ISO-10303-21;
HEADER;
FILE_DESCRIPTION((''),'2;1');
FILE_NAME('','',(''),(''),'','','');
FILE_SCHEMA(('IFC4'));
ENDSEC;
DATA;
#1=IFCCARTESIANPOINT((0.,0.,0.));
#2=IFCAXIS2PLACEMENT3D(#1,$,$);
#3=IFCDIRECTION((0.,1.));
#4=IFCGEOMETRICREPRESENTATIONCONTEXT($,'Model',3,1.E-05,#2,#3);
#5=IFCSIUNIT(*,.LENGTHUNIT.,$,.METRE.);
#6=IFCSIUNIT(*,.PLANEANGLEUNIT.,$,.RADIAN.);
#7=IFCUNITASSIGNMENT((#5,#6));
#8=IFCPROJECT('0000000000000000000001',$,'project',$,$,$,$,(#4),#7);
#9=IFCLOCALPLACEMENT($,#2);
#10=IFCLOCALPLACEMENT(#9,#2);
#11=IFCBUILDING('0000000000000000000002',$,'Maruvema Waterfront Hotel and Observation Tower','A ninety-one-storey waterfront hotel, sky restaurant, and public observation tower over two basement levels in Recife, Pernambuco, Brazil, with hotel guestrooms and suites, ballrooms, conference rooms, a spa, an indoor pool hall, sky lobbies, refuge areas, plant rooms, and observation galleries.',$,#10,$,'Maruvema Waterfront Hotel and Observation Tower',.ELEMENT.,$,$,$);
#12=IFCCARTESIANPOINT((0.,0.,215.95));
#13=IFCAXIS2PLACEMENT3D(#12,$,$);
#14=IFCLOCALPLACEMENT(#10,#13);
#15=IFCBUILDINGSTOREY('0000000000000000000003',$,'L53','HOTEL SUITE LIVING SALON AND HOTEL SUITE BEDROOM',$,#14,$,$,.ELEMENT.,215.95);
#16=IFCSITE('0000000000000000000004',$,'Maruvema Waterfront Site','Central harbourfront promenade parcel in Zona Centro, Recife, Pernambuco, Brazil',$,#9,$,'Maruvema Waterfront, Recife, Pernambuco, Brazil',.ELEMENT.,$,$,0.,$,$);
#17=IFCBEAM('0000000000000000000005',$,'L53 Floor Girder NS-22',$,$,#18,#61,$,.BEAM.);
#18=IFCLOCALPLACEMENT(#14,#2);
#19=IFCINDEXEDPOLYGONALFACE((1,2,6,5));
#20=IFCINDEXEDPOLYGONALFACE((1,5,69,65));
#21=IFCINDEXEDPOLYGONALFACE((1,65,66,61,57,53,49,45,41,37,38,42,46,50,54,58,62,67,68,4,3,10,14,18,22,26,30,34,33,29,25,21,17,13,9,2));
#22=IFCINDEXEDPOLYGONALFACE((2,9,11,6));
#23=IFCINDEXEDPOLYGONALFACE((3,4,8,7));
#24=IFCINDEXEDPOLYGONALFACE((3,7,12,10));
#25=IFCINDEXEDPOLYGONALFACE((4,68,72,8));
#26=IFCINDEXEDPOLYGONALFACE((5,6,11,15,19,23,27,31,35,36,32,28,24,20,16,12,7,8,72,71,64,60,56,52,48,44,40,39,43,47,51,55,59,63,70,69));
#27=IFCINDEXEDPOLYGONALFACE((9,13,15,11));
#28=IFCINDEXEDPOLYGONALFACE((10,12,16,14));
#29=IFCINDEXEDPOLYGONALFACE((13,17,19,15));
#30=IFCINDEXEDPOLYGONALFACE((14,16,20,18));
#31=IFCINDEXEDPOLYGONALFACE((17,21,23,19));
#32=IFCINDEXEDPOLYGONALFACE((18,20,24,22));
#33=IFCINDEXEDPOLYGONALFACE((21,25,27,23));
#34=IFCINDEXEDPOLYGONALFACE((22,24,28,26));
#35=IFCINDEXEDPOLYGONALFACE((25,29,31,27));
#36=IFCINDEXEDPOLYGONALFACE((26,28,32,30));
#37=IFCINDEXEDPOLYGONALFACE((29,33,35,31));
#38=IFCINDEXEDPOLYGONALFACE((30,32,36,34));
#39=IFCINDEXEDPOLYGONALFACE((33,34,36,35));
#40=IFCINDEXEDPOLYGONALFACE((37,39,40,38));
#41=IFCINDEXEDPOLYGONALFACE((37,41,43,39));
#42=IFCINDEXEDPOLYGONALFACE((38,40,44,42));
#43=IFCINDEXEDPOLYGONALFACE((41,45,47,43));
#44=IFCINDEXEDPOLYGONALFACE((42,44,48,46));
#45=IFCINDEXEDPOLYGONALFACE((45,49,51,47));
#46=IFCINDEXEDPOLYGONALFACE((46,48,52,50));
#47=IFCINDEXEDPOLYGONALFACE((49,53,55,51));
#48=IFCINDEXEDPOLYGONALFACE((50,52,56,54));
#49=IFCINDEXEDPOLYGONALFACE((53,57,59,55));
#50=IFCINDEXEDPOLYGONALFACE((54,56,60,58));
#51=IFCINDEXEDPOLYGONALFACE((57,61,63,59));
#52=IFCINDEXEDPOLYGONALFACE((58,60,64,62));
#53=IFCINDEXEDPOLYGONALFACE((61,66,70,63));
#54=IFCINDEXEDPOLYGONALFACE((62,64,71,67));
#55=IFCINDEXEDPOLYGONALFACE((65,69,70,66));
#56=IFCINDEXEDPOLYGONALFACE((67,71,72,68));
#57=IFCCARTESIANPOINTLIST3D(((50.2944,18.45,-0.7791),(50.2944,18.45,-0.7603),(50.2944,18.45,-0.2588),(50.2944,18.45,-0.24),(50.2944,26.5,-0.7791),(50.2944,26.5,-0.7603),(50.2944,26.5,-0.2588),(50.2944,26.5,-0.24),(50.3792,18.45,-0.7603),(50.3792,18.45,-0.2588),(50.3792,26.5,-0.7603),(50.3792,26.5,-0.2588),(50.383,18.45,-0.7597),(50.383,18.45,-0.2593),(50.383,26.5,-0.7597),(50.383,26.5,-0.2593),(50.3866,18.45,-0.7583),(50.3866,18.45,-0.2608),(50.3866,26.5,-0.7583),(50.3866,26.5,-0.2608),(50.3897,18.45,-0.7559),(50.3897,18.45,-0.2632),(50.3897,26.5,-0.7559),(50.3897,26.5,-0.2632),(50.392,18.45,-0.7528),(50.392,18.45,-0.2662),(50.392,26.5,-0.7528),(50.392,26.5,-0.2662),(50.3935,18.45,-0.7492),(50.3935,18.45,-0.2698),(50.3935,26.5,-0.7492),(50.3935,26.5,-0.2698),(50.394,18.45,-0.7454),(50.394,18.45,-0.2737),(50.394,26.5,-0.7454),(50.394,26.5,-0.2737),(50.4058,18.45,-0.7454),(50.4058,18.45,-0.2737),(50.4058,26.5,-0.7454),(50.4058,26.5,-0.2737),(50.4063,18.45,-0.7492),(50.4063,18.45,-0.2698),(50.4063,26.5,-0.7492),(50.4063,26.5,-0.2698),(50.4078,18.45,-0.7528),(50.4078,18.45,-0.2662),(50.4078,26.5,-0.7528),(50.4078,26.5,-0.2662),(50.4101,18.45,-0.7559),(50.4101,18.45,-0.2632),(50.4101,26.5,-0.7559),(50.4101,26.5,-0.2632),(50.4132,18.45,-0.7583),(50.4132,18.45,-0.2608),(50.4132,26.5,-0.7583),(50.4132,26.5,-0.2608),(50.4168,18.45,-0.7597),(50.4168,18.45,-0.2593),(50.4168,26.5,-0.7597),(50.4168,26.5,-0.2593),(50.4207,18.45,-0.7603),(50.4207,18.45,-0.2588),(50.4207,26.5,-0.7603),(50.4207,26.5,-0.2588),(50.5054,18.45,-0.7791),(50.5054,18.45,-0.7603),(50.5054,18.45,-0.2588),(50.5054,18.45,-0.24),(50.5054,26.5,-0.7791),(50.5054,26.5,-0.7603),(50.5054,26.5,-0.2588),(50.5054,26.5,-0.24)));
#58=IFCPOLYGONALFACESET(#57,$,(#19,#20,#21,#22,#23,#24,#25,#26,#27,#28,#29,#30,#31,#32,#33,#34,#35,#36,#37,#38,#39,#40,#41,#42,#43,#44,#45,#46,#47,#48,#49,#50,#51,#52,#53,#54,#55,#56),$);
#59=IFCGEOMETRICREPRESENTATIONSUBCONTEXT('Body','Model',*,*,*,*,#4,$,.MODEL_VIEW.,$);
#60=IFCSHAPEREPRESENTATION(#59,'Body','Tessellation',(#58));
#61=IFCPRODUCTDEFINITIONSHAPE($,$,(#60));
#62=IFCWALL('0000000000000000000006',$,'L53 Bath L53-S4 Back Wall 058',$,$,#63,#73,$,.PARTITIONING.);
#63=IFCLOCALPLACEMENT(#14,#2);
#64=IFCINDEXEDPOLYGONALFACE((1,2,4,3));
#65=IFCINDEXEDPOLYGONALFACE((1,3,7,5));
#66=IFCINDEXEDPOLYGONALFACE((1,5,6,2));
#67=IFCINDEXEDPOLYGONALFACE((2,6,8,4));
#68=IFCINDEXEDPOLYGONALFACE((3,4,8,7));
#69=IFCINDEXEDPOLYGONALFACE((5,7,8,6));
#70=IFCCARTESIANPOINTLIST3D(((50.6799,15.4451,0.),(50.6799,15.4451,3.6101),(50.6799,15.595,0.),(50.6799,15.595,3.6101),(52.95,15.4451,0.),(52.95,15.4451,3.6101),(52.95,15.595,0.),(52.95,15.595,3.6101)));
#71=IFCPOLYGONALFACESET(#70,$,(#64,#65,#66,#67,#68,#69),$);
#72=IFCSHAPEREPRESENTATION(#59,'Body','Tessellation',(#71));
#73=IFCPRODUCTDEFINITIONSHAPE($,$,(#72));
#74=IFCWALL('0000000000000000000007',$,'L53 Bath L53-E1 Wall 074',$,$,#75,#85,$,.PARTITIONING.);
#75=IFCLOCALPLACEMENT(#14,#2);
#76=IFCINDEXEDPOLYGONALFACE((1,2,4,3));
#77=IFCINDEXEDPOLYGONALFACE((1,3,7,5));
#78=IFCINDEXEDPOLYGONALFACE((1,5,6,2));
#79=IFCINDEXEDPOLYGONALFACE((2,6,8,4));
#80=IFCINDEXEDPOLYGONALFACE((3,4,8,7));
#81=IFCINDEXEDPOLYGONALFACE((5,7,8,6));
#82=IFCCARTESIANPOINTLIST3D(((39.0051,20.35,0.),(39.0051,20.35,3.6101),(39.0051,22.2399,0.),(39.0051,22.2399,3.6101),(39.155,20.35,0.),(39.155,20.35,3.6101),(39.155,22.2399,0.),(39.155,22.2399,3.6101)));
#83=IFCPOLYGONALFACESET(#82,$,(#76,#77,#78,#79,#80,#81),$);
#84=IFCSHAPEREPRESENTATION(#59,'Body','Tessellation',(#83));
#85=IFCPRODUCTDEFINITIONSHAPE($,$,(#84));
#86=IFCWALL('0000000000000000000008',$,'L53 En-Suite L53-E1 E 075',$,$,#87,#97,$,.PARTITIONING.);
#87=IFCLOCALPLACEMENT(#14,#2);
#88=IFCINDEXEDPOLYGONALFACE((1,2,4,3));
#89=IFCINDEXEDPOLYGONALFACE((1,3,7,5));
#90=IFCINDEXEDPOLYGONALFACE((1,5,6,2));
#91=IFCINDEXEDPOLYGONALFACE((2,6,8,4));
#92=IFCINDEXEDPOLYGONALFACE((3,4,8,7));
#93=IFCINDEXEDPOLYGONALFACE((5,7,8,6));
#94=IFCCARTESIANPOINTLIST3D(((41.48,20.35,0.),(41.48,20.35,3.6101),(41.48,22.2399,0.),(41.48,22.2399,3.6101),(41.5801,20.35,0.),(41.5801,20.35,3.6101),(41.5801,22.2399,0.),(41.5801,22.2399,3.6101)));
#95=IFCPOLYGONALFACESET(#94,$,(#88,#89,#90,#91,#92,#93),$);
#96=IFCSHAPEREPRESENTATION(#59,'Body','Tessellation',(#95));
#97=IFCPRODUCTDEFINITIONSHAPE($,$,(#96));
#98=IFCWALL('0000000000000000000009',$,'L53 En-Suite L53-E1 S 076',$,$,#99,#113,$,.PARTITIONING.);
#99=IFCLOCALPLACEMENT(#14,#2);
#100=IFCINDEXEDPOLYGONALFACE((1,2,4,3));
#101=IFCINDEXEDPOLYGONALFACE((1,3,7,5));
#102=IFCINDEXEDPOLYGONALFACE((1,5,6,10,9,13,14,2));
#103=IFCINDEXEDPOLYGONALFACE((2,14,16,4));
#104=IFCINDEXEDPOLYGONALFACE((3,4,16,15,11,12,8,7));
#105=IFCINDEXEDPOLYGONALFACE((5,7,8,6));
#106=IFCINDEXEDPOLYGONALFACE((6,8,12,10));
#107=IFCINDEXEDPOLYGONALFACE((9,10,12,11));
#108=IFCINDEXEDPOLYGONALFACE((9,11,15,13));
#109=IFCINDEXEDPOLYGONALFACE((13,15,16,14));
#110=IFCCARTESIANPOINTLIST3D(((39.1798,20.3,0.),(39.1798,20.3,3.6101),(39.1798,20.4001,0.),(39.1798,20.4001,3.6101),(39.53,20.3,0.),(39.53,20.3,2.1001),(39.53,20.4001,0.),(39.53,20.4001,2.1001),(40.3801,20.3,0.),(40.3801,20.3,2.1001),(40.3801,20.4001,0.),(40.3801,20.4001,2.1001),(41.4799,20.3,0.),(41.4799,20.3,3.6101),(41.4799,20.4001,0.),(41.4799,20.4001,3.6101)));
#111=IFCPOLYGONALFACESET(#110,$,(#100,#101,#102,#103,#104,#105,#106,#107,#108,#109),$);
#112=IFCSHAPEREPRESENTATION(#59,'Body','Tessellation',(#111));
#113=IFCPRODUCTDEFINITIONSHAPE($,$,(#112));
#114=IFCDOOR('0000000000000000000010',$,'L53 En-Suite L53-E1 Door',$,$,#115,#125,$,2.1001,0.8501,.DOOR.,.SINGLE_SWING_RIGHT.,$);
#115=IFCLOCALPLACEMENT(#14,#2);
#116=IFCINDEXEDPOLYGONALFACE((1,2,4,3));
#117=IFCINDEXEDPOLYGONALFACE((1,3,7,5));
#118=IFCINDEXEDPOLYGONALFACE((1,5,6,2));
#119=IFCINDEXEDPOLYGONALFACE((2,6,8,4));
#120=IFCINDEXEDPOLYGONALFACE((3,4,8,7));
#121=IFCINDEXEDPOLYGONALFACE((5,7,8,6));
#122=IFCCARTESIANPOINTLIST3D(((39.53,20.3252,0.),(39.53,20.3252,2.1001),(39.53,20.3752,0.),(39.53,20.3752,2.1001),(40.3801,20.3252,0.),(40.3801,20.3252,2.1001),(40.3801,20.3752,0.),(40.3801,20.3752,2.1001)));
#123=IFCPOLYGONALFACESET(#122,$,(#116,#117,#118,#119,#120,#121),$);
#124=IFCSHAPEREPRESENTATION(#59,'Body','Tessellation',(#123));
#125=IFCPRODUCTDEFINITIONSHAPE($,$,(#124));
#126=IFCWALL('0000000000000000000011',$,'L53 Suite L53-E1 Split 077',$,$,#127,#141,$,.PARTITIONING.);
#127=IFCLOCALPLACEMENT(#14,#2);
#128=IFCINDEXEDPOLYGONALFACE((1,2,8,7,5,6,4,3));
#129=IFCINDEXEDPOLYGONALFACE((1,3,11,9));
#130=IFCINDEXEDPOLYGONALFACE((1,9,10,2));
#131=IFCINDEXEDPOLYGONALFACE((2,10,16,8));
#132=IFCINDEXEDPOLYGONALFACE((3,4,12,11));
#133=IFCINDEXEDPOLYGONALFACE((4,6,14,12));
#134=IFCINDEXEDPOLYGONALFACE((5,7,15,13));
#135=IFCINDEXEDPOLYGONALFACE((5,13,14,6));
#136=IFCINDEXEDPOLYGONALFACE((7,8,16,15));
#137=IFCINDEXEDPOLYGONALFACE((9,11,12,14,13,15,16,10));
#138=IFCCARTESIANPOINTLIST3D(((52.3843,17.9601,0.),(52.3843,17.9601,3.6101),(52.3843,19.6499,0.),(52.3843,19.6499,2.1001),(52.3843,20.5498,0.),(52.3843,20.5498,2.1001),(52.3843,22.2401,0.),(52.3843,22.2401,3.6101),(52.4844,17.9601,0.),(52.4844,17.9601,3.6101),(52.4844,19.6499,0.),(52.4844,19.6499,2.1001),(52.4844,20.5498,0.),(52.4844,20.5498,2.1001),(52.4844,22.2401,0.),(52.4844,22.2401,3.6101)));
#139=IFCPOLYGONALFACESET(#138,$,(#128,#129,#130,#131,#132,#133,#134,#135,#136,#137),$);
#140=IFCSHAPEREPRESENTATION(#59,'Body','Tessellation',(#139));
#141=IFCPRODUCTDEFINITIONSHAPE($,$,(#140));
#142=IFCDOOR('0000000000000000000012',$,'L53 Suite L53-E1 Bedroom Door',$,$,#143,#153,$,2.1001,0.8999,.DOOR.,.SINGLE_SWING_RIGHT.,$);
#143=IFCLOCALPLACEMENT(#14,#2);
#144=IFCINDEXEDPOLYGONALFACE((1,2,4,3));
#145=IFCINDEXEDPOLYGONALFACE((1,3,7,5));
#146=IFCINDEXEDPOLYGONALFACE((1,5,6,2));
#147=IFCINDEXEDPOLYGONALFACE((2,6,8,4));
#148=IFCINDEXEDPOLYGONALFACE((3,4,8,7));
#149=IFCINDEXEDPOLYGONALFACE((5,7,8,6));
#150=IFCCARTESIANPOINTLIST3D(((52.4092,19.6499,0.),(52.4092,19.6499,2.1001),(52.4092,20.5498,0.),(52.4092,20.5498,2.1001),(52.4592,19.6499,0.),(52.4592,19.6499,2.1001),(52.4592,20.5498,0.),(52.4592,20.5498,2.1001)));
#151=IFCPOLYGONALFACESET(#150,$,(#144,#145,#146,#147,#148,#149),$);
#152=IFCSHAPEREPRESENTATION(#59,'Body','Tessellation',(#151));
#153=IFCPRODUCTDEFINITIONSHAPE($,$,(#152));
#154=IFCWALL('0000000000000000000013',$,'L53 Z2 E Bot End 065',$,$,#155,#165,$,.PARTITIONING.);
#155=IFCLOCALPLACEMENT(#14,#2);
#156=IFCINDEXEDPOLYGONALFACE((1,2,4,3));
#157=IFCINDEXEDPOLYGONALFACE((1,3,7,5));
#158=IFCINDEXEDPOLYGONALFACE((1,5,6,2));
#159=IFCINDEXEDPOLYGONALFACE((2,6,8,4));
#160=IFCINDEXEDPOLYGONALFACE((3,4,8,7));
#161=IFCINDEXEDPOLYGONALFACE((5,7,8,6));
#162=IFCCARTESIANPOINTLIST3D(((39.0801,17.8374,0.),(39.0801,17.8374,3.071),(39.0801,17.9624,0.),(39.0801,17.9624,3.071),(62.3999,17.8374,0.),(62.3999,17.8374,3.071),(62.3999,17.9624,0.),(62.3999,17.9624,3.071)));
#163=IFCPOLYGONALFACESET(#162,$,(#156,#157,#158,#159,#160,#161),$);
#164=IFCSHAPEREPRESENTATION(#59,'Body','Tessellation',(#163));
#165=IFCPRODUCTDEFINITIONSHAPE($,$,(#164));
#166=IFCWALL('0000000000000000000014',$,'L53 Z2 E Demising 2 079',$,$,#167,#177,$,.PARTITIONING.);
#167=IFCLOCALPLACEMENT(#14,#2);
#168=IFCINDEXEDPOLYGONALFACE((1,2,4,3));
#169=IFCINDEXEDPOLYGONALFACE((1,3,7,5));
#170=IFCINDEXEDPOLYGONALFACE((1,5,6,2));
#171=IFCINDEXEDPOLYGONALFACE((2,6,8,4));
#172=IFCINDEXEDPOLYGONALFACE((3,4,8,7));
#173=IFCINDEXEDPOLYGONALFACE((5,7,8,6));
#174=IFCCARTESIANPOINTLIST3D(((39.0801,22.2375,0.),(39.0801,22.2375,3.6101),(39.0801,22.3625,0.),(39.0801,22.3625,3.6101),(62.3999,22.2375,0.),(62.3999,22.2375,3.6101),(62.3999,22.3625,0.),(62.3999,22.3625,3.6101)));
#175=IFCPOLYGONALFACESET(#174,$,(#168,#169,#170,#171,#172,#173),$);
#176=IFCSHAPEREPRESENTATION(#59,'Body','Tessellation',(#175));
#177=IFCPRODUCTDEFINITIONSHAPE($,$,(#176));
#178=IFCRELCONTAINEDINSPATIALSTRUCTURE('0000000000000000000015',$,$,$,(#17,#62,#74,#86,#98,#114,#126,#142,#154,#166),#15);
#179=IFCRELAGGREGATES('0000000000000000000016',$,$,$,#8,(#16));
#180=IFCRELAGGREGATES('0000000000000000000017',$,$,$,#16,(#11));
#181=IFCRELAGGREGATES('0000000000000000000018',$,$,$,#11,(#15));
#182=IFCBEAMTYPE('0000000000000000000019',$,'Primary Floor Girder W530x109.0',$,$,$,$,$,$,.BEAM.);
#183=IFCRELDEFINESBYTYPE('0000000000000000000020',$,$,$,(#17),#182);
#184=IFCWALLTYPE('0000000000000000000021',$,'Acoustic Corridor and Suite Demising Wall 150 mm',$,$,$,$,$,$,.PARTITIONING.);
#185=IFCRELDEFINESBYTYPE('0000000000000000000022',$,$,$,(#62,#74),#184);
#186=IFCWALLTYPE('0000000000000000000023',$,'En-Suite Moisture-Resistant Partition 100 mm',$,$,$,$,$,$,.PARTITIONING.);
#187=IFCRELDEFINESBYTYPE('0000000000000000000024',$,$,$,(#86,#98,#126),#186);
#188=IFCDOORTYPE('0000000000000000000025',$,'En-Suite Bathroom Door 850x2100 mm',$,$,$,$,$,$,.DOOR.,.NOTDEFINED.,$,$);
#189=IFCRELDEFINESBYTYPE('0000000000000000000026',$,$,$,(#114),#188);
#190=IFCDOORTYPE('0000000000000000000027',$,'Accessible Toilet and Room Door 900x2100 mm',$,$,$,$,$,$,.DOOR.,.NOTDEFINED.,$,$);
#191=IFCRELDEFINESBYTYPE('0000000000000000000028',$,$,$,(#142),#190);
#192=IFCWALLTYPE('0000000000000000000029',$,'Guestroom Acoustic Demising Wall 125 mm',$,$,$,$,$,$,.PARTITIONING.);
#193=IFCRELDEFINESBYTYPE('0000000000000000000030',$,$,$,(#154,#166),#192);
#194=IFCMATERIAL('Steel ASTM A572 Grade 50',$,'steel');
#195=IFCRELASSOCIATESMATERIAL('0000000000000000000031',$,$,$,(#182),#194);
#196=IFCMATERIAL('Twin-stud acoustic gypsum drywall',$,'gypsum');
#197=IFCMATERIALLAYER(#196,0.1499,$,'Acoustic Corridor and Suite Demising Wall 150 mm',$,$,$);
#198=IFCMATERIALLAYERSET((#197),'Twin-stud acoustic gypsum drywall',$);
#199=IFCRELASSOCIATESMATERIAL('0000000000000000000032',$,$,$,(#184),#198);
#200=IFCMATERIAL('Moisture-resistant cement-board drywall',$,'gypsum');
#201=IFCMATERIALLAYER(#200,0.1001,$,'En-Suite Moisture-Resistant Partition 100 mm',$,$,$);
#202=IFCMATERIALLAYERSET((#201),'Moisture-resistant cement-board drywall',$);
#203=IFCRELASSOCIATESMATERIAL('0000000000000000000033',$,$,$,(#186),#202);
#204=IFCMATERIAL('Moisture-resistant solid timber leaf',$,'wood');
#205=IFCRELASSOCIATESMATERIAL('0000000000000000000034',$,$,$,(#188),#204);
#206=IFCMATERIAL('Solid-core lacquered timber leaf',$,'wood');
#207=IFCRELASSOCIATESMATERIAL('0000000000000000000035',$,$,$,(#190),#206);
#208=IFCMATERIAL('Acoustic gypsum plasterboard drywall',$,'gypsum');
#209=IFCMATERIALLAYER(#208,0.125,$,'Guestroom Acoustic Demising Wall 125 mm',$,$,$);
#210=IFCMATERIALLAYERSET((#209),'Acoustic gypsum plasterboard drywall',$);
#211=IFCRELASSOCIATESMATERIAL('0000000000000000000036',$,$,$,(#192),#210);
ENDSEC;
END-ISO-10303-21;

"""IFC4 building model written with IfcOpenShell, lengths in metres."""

from ifc_helpers import new_model, si_unit, direction, frame, frame_2d, origin, origin_2d, place, context, subcontext, project, spatial, rectangle, i_section, extrude, material, layer, layer_set, material_profile, profile_set, type_object, element, fill, save


model = new_model("IFC4")

# Units and contexts
model_context = context("Model", 3, precision=1e-05, world=origin(), true_north=direction((0.0, 1.0)))
body_context = subcontext(model_context, "Body", "Model", "MODEL_VIEW")
ifc_project = project(units=[si_unit("LENGTHUNIT", "METRE"), si_unit("PLANEANGLEUNIT", "RADIAN")], contexts=[model_context])

# Site, building, storey
site_placement = place(None, origin())
site = spatial("IfcSite", under=ifc_project, at=site_placement, Name="Maruvema Waterfront Site", Description="Central harbourfront promenade parcel in Zona Centro, Recife, Pernambuco, Brazil", LongName="Maruvema Waterfront, Recife, Pernambuco, Brazil", CompositionType="ELEMENT", RefElevation=0.0)
building_placement = place(site_placement, origin())
building = spatial("IfcBuilding", under=site, at=building_placement, Name="Maruvema Waterfront Hotel and Observation Tower", Description="A ninety-one-storey waterfront hotel, sky restaurant, and public observation tower over two basement levels in Recife, Pernambuco, Brazil, with hotel guestrooms and suites, ballrooms, conference rooms, a spa, an indoor pool hall, sky lobbies, refuge areas, plant rooms, and observation galleries.", LongName="Maruvema Waterfront Hotel and Observation Tower", CompositionType="ELEMENT")
storey_placement = place(building_placement, frame((0.0, 0.0, 215.95)))
storey = spatial("IfcBuildingStorey", under=building, at=storey_placement, Name="L53", Description="HOTEL SUITE LIVING SALON AND HOTEL SUITE BEDROOM", CompositionType="ELEMENT", Elevation=215.95)

# Beam
ifc_material_1 = material(Name="Steel ASTM A572 Grade 50", Category="steel")
ifc_material_profile_1 = material_profile(ifc_material_1, i_section(OverallWidth=0.2109, OverallDepth=0.5391, WebThickness=0.0117, FlangeThickness=0.0188, FilletRadius=0.0149, at=origin_2d()), Name="W530x109.0")
ifc_profile_set_1 = profile_set([ifc_material_profile_1], Name="Steel ASTM A572 Grade 50")
beam_type = type_object("IfcBeamType", Name="Primary Floor Girder W530x109.0", PredefinedType="BEAM", material=ifc_profile_set_1)
beam_1_placement = place(storey_placement, frame((50.3999, 18.45, -0.5095), z_axis=(0.0, 1.0, 0.0), x_axis=(-1.0, 0.0, 0.0)))
element("IfcBeam", 1, at=beam_1_placement, inside=storey, type_object=beam_type, Name="L53 Floor Girder NS-22", PredefinedType="BEAM", context=body_context, shape_type="SweptSolid", body=[
    extrude(i_section(OverallWidth=0.2109, OverallDepth=0.5391, WebThickness=0.0117, FlangeThickness=0.0188, FilletRadius=0.0149, at=origin_2d()), origin(), (0.0, 0.0, 1.0), 8.05),
])

# Wall
ifc_material_2 = material(Name="Twin-stud acoustic gypsum drywall", Category="gypsum")
ifc_layer_1 = layer(ifc_material_2, 0.1499, Name="Acoustic Corridor and Suite Demising Wall 150 mm")
ifc_layer_set_1 = layer_set([ifc_layer_1], Name="Twin-stud acoustic gypsum drywall")
wall_type_1 = type_object("IfcWallType", Name="Acoustic Corridor and Suite Demising Wall 150 mm", PredefinedType="PARTITIONING", material=ifc_layer_set_1)
wall_1_placement = place(storey_placement, frame((50.6799, 15.52, 0.0), z_axis=(0.0, 0.0, 1.0), x_axis=(1.0, 0.0, 0.0)))
element("IfcWall", 2, at=wall_1_placement, inside=storey, type_object=wall_type_1, Name="L53 Bath L53-S4 Back Wall 058", PredefinedType="PARTITIONING", context=body_context, shape_type="SweptSolid", body=[
    extrude(rectangle(XDim=2.27, YDim=0.1499, at=frame_2d((1.135, 0.0))), origin(), (0.0, 0.0, 1.0), 3.6101),
])

# Walls
wall_2_placement = place(storey_placement, frame((39.0801, 20.3501, 0.0), z_axis=(0.0, 0.0, 1.0), x_axis=(0.0, 1.0, 0.0)))
element("IfcWall", 3, at=wall_2_placement, inside=storey, type_object=wall_type_1, Name="L53 Bath L53-E1 Wall 074", PredefinedType="PARTITIONING", context=body_context, shape_type="SweptSolid", body=[
    extrude(rectangle(XDim=1.8899, YDim=0.1499, at=frame_2d((0.9448, 0.0))), origin(), (0.0, 0.0, 1.0), 3.6101),
])
ifc_material_3 = material(Name="Moisture-resistant cement-board drywall", Category="gypsum")
ifc_layer_2 = layer(ifc_material_3, 0.1001, Name="En-Suite Moisture-Resistant Partition 100 mm")
ifc_layer_set_2 = layer_set([ifc_layer_2], Name="Moisture-resistant cement-board drywall")
wall_type_2 = type_object("IfcWallType", Name="En-Suite Moisture-Resistant Partition 100 mm", PredefinedType="PARTITIONING", material=ifc_layer_set_2)
wall_3_placement = place(storey_placement, frame((41.53, 20.3501, 0.0), z_axis=(0.0, 0.0, 1.0), x_axis=(0.0, 1.0, 0.0)))
element("IfcWall", 4, at=wall_3_placement, inside=storey, type_object=wall_type_2, Name="L53 En-Suite L53-E1 E 075", PredefinedType="PARTITIONING", context=body_context, shape_type="SweptSolid", body=[
    extrude(rectangle(XDim=1.8899, YDim=0.1001, at=frame_2d((0.9448, 0.0))), origin(), (0.0, 0.0, 1.0), 3.6101),
])

# Walls, openings, doors
wall_4_placement = place(storey_placement, frame((39.1799, 20.3501, 0.0), z_axis=(0.0, 0.0, 1.0), x_axis=(1.0, 0.0, 0.0)))
wall_4 = element("IfcWall", 5, at=wall_4_placement, inside=storey, type_object=wall_type_2, Name="L53 En-Suite L53-E1 S 076", PredefinedType="PARTITIONING", context=body_context, shape_type="SweptSolid", body=[
    extrude(rectangle(XDim=2.3, YDim=0.1001, at=frame_2d((1.1499, 0.0))), origin(), (0.0, 0.0, 1.0), 3.6101),
])
opening_1_placement = place(wall_4_placement, frame((0.3501, 0.0, 0.0)))
opening_1 = element("IfcOpeningElement", 6, at=opening_1_placement, cuts=wall_4, PredefinedType="OPENING", context=body_context, shape_type="SweptSolid", body=[
    extrude(rectangle(XDim=0.8501, YDim=2.1001, at=frame_2d((0.425, 1.05))), frame((0.0, 0.0601, 0.0), z_axis=(0.0, -1.0, 0.0), x_axis=(1.0, 0.0, 0.0)), (0.0, 0.0, 1.0), 0.1201),
])
ifc_material_4 = material(Name="Moisture-resistant solid timber leaf", Category="wood")
door_type_1 = type_object("IfcDoorType", Name="En-Suite Bathroom Door 850x2100 mm", OperationType="NOTDEFINED", PredefinedType="DOOR", material=ifc_material_4)
door_1_placement = place(opening_1_placement, frame((0.8501, 0.0, 0.0), z_axis=(0.0, 0.0, 1.0), x_axis=(-1.0, 0.0, 0.0)))
door_1 = element("IfcDoor", 7, at=door_1_placement, inside=storey, type_object=door_type_1, Name="L53 En-Suite L53-E1 Door", OperationType="SINGLE_SWING_RIGHT", OverallHeight=2.1001, OverallWidth=0.8501, PredefinedType="DOOR", context=body_context, shape_type="SweptSolid", body=[
    extrude(rectangle(XDim=0.8501, YDim=2.1001, at=frame_2d((0.425, 1.05))), frame((0.0, 0.0249, 0.0), z_axis=(0.0, -1.0, 0.0), x_axis=(1.0, 0.0, 0.0)), (0.0, 0.0, 1.0), 0.05),
])
fill(opening_1, door_1)
wall_5_placement = place(storey_placement, frame((52.4343, 17.96, 0.0), z_axis=(0.0, 0.0, 1.0), x_axis=(0.0, 1.0, 0.0)))
wall_5 = element("IfcWall", 8, at=wall_5_placement, inside=storey, type_object=wall_type_2, Name="L53 Suite L53-E1 Split 077", PredefinedType="PARTITIONING", context=body_context, shape_type="SweptSolid", body=[
    extrude(rectangle(XDim=4.28, YDim=0.1001, at=frame_2d((2.1401, 0.0))), origin(), (0.0, 0.0, 1.0), 3.6101),
])
opening_2_placement = place(wall_5_placement, frame((1.6899, 0.0, 0.0)))
opening_2 = element("IfcOpeningElement", 9, at=opening_2_placement, cuts=wall_5, PredefinedType="OPENING", context=body_context, shape_type="SweptSolid", body=[
    extrude(rectangle(XDim=0.8999, YDim=2.1001, at=frame_2d((0.45, 1.05))), frame((0.0, 0.0601, 0.0), z_axis=(0.0, -1.0, 0.0), x_axis=(1.0, 0.0, 0.0)), (0.0, 0.0, 1.0), 0.1201),
])
ifc_material_5 = material(Name="Solid-core lacquered timber leaf", Category="wood")
door_type_2 = type_object("IfcDoorType", Name="Accessible Toilet and Room Door 900x2100 mm", OperationType="NOTDEFINED", PredefinedType="DOOR", material=ifc_material_5)
door_2_placement = place(opening_2_placement, frame((0.8999, 0.0, 0.0), z_axis=(0.0, 0.0, 1.0), x_axis=(-1.0, 0.0, 0.0)))
door_2 = element("IfcDoor", 10, at=door_2_placement, inside=storey, type_object=door_type_2, Name="L53 Suite L53-E1 Bedroom Door", OperationType="SINGLE_SWING_RIGHT", OverallHeight=2.1001, OverallWidth=0.8999, PredefinedType="DOOR", context=body_context, shape_type="SweptSolid", body=[
    extrude(rectangle(XDim=0.8999, YDim=2.1001, at=frame_2d((0.45, 1.05))), frame((0.0, 0.0249, 0.0), z_axis=(0.0, -1.0, 0.0), x_axis=(1.0, 0.0, 0.0)), (0.0, 0.0, 1.0), 0.05),
])
fill(opening_2, door_2)

# Walls
ifc_material_6 = material(Name="Acoustic gypsum plasterboard drywall", Category="gypsum")
ifc_layer_3 = layer(ifc_material_6, 0.125, Name="Guestroom Acoustic Demising Wall 125 mm")
ifc_layer_set_3 = layer_set([ifc_layer_3], Name="Acoustic gypsum plasterboard drywall")
wall_type_3 = type_object("IfcWallType", Name="Guestroom Acoustic Demising Wall 125 mm", PredefinedType="PARTITIONING", material=ifc_layer_set_3)
wall_6_placement = place(storey_placement, frame((39.0801, 17.8999, 0.0), z_axis=(0.0, 0.0, 1.0), x_axis=(1.0, 0.0, 0.0)))
element("IfcWall", 11, at=wall_6_placement, inside=storey, type_object=wall_type_3, Name="L53 Z2 E Bot End 065", PredefinedType="PARTITIONING", context=body_context, shape_type="SweptSolid", body=[
    extrude(rectangle(XDim=23.3198, YDim=0.125, at=frame_2d((11.6599, 0.0))), origin(), (0.0, 0.0, 1.0), 3.071),
])
wall_7_placement = place(storey_placement, frame((39.0801, 22.3, 0.0), z_axis=(0.0, 0.0, 1.0), x_axis=(1.0, 0.0, 0.0)))
element("IfcWall", 12, at=wall_7_placement, inside=storey, type_object=wall_type_3, Name="L53 Z2 E Demising 2 079", PredefinedType="PARTITIONING", context=body_context, shape_type="SweptSolid", body=[
    extrude(rectangle(XDim=23.3198, YDim=0.125, at=frame_2d((11.6599, 0.0))), origin(), (0.0, 0.0, 1.0), 3.6101),
])

save(model, "model.ifc")
